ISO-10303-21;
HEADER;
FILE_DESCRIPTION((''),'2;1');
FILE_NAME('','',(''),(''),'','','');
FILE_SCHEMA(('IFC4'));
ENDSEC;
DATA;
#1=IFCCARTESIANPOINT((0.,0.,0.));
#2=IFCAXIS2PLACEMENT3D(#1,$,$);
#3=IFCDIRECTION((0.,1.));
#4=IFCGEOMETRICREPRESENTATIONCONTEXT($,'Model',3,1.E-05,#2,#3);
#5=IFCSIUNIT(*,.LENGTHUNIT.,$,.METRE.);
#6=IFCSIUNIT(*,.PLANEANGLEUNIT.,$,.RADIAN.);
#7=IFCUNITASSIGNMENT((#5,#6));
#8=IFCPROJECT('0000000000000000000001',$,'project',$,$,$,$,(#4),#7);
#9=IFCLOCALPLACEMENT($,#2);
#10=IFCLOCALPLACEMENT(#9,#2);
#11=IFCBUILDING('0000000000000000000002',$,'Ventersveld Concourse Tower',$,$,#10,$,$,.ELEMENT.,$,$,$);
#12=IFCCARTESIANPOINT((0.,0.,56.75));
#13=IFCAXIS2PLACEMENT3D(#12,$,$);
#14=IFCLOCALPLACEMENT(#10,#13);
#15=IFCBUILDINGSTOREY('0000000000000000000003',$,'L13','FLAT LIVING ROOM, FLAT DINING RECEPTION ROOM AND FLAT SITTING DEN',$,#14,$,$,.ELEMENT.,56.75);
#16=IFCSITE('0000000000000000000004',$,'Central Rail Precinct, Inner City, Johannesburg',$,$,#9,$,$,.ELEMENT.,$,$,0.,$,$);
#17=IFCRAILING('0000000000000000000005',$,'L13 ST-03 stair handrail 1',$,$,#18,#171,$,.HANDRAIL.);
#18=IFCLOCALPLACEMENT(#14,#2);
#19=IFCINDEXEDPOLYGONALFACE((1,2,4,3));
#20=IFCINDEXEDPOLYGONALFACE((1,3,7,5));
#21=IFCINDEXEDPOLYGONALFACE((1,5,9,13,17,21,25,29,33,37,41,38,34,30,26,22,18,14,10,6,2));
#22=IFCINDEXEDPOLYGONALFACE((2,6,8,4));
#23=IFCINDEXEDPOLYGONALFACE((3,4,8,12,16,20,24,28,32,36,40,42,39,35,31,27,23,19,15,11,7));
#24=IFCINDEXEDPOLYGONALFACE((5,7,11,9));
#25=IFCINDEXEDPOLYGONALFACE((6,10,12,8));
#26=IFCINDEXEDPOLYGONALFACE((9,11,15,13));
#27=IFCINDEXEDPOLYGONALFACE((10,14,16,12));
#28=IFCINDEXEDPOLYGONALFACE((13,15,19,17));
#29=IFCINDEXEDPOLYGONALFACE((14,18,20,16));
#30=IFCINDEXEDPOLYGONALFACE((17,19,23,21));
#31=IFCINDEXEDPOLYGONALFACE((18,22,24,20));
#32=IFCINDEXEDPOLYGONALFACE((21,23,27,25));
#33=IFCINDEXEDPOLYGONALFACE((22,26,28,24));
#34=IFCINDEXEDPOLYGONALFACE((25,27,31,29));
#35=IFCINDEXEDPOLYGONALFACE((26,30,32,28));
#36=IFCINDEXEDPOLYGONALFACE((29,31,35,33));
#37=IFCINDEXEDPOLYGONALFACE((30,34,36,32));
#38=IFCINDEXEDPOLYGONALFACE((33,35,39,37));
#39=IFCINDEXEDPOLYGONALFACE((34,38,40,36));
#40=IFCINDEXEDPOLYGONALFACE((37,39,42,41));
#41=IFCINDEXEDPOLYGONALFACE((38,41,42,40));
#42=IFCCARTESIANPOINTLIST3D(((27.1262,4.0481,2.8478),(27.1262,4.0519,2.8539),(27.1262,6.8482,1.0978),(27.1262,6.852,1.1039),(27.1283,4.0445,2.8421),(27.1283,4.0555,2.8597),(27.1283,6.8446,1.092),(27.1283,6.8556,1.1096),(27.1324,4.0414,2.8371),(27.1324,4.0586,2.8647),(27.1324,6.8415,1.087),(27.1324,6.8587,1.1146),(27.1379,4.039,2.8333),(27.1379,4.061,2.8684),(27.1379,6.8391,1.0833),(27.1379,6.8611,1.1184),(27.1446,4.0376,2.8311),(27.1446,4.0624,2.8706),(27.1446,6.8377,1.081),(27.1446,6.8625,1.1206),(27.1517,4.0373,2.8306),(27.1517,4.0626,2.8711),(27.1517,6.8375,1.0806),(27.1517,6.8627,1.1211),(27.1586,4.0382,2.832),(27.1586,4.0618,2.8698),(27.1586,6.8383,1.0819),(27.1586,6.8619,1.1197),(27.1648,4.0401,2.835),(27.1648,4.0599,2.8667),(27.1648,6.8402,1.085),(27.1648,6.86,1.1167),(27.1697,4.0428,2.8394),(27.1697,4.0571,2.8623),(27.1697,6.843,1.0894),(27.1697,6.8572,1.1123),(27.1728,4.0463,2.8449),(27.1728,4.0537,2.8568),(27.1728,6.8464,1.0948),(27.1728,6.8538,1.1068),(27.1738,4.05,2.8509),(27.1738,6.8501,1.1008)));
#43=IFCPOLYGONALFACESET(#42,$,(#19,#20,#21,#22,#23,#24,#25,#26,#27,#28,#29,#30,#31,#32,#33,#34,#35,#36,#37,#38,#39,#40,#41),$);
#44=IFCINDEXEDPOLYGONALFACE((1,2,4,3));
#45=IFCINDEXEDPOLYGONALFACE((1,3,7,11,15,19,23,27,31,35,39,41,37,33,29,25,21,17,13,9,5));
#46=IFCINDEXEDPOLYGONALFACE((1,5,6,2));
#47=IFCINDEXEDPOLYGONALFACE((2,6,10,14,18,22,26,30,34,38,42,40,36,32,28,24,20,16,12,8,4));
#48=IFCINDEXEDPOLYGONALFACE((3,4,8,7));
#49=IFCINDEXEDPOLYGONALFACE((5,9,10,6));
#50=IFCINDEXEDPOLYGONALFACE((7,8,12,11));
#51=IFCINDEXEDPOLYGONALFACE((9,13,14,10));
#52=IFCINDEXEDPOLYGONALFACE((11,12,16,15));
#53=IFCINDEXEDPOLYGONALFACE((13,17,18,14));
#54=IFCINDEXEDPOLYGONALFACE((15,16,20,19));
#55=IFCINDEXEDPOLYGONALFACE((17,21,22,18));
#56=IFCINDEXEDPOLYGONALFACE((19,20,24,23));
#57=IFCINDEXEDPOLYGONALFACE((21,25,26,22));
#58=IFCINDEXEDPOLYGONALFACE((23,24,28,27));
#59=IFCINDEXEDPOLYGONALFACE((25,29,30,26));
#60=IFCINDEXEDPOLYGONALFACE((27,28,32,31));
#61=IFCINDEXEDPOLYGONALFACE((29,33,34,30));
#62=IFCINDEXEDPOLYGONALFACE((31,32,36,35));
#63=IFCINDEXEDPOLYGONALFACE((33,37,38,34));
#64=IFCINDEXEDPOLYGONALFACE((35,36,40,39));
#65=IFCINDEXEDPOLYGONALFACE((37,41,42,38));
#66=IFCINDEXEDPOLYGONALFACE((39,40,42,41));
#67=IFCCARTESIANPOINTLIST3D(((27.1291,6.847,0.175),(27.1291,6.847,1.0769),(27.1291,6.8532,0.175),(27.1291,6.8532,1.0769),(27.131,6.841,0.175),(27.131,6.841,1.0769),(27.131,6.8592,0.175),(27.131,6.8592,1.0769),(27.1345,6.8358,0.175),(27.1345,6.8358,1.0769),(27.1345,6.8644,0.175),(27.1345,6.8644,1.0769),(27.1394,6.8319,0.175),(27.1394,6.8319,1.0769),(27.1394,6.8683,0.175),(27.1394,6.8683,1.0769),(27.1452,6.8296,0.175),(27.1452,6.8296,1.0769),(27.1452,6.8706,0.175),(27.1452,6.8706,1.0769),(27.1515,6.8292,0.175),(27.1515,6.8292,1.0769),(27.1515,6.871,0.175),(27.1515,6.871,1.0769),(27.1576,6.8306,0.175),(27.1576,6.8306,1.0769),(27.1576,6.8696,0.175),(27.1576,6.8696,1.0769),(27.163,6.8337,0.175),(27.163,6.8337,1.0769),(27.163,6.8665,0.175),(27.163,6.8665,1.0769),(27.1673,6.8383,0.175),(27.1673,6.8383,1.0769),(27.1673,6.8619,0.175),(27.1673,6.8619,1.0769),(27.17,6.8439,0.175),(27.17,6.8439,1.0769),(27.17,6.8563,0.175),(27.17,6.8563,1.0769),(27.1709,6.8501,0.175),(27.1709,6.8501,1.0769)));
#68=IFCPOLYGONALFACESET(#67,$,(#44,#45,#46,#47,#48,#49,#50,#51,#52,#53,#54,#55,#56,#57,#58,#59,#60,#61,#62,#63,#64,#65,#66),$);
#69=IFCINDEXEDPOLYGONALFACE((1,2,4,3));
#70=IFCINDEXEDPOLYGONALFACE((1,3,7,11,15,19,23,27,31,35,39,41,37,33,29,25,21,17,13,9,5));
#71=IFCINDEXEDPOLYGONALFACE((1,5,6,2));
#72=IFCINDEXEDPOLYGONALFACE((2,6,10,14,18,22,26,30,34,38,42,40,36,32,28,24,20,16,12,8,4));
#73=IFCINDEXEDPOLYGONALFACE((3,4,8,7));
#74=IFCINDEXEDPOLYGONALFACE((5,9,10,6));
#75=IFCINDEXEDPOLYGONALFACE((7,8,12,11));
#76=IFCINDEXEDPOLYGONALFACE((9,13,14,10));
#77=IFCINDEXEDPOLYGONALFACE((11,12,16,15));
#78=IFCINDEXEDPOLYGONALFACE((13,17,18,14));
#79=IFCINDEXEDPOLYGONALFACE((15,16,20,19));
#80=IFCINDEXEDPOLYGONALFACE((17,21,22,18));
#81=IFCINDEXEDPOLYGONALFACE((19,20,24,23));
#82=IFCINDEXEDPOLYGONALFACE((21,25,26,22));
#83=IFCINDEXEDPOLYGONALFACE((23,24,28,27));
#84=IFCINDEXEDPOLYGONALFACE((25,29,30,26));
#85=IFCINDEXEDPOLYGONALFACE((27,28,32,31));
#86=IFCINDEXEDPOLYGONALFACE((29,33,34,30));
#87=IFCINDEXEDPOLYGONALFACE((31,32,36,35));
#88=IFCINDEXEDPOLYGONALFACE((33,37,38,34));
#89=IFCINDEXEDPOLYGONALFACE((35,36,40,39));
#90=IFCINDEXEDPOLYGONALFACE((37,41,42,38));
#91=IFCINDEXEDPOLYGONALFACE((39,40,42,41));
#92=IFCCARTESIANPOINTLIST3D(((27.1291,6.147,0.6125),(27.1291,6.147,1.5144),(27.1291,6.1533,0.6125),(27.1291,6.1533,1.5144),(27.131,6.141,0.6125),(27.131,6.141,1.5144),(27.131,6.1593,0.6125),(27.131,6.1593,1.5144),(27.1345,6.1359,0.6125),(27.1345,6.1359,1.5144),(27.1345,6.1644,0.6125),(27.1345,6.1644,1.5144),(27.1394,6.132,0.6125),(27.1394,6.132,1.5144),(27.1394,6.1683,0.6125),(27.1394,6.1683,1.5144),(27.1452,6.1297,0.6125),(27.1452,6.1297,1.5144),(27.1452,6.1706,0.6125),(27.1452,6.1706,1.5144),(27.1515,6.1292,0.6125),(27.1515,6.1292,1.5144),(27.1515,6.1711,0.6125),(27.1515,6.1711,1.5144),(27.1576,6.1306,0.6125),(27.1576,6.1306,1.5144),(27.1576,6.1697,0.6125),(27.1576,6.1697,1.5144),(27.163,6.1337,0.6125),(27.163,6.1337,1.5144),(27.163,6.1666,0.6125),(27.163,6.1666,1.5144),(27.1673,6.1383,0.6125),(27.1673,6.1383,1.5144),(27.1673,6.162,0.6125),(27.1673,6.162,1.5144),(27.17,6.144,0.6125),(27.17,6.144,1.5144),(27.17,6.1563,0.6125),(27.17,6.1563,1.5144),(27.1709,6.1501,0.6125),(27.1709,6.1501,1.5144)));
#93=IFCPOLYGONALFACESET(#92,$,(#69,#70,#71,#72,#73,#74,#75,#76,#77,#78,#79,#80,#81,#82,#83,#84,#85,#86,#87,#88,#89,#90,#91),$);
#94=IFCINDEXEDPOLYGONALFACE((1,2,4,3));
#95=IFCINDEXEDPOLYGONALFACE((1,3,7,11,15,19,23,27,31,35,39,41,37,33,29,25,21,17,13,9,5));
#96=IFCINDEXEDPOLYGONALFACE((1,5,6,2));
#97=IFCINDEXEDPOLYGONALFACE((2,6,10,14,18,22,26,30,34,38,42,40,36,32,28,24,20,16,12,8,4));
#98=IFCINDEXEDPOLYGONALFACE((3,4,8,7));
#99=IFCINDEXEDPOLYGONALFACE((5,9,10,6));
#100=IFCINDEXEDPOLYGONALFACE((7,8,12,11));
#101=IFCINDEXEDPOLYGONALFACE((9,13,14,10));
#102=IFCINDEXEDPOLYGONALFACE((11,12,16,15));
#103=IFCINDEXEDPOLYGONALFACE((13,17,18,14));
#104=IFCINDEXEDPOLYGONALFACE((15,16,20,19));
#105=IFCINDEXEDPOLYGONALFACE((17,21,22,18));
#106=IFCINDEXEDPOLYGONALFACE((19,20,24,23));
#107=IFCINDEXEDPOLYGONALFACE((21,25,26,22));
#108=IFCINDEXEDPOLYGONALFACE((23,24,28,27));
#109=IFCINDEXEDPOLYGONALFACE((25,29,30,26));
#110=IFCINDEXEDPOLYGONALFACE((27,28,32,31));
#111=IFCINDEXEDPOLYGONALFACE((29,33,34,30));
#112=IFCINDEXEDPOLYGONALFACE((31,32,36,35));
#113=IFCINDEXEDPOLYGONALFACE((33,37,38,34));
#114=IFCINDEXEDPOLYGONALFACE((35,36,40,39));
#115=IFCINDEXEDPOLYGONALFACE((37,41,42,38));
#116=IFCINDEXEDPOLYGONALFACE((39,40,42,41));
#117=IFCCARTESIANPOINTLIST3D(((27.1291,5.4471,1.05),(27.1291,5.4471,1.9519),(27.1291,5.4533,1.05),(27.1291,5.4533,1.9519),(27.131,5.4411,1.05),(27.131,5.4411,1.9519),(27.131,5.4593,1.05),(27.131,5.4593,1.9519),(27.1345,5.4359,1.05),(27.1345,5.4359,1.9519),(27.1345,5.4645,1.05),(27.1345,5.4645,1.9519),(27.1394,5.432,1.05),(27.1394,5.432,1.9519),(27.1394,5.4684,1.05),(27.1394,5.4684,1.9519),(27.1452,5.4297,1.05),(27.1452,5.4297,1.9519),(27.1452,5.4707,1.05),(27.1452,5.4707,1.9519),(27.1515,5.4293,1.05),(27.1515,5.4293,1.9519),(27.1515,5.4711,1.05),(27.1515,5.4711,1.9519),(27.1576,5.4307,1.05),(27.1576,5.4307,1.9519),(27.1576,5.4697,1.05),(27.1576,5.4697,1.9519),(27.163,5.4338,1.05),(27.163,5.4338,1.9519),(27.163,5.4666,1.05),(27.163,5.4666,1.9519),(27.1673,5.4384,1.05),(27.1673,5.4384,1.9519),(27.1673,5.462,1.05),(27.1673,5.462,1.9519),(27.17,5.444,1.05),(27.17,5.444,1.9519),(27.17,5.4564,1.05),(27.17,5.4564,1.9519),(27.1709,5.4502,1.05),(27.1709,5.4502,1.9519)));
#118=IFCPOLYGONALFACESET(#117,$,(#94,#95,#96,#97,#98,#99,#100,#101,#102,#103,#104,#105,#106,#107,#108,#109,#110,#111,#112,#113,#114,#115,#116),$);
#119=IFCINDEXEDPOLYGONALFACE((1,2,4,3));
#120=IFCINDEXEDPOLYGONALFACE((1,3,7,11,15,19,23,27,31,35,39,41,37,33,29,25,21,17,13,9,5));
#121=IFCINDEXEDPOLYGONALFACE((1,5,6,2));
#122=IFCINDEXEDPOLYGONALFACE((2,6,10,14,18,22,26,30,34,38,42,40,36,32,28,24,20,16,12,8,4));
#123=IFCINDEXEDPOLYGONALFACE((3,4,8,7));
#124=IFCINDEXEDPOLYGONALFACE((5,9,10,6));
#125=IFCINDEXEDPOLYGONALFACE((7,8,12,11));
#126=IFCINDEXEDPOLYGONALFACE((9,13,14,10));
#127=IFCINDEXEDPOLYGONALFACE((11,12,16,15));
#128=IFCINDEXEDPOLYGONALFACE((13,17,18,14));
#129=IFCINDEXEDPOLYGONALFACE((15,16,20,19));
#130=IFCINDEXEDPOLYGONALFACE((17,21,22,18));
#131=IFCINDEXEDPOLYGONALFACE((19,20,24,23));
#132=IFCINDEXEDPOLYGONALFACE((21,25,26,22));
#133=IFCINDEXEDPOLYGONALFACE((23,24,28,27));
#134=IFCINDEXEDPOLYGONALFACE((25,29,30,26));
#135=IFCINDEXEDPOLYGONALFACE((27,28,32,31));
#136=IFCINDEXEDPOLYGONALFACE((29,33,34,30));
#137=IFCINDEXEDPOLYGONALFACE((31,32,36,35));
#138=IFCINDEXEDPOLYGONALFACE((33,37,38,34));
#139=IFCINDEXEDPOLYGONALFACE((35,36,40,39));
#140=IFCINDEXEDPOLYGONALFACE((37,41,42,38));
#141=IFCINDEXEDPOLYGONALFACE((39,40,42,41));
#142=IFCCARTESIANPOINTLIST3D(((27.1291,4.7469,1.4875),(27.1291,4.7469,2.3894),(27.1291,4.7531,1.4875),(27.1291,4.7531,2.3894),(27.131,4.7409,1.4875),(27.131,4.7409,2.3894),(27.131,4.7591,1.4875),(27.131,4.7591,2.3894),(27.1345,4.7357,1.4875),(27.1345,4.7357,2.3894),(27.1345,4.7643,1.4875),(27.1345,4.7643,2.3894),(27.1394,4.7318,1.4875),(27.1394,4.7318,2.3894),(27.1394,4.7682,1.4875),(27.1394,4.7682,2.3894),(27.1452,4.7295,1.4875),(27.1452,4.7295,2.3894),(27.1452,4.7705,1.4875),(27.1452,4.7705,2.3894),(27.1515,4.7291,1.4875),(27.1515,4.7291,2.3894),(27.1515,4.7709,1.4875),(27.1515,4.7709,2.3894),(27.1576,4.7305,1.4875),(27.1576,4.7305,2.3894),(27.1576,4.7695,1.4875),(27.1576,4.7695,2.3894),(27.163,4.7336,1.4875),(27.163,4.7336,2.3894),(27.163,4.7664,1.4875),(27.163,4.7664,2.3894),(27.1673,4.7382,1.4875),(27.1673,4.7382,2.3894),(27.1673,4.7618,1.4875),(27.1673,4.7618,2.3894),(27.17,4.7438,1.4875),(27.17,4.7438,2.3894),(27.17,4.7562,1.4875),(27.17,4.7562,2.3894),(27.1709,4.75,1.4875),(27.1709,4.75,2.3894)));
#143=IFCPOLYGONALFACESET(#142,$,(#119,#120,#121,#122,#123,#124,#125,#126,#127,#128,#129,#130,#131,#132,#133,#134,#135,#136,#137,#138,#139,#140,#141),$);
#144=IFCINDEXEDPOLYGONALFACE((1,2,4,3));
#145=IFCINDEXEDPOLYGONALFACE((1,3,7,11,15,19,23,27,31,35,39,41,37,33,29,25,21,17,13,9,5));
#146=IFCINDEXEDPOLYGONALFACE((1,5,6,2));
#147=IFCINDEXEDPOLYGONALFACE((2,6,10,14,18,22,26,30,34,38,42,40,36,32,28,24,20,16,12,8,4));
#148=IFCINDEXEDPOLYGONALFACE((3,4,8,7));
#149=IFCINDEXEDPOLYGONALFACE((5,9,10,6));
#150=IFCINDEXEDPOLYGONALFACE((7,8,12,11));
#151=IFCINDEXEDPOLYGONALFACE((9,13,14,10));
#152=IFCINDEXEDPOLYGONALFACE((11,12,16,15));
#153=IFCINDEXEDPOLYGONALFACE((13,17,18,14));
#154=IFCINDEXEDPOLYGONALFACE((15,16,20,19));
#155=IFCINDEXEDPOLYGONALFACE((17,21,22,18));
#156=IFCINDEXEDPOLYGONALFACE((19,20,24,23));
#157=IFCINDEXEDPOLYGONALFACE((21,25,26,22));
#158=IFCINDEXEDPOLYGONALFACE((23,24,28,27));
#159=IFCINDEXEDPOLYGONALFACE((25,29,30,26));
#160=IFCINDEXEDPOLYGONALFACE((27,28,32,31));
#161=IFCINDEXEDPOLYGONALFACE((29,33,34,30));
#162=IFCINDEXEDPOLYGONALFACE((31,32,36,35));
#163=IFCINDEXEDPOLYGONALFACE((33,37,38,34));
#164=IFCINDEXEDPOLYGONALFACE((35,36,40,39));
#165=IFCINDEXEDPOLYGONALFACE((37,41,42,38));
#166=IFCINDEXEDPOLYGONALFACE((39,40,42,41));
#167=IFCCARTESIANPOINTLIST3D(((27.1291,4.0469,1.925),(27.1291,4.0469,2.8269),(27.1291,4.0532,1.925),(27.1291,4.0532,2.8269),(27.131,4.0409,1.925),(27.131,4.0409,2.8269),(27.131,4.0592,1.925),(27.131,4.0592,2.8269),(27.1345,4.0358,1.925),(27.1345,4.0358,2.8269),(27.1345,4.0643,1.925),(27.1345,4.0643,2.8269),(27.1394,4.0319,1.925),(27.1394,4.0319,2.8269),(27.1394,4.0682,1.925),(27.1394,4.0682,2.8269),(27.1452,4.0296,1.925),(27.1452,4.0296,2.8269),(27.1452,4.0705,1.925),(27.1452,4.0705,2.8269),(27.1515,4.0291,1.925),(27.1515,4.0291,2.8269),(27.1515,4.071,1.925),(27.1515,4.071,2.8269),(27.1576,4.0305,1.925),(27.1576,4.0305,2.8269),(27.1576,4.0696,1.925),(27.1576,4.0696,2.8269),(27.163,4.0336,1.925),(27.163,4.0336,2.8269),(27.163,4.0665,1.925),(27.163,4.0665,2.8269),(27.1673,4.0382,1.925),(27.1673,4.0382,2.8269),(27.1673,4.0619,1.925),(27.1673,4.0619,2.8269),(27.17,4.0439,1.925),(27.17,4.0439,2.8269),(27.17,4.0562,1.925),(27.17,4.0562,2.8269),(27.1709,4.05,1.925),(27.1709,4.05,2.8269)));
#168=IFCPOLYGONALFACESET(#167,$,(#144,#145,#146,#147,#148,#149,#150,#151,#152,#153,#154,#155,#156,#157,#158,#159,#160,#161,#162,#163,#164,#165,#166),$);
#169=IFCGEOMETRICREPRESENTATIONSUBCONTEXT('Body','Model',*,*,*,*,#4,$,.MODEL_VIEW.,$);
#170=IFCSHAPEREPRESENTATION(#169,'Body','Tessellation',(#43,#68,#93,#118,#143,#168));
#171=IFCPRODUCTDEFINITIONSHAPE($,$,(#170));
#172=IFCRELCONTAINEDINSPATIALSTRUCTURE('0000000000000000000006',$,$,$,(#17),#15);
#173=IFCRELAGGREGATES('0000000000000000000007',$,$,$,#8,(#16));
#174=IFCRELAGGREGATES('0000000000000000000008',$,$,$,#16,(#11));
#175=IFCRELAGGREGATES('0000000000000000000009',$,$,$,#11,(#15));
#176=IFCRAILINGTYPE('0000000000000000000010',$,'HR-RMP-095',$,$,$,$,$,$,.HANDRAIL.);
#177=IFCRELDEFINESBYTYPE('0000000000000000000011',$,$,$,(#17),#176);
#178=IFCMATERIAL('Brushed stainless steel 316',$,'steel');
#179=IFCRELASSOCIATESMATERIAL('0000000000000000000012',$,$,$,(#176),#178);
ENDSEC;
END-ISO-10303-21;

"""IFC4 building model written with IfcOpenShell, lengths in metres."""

from ifc_helpers import new_model, si_unit, direction, frame, origin, origin_2d, place, context, subcontext, project, spatial, circle, extrude, material, type_object, element, save


model = new_model("IFC4")

# Units and contexts
model_context = context("Model", 3, precision=1e-05, world=origin(), true_north=direction((0.0, 1.0)))
body_context = subcontext(model_context, "Body", "Model", "MODEL_VIEW")
ifc_project = project(units=[si_unit("LENGTHUNIT", "METRE"), si_unit("PLANEANGLEUNIT", "RADIAN")], contexts=[model_context])

# Site, building, storey
site_placement = place(None, origin())
site = spatial("IfcSite", under=ifc_project, at=site_placement, Name="Central Rail Precinct, Inner City, Johannesburg", CompositionType="ELEMENT", RefElevation=0.0)
building_placement = place(site_placement, origin())
building = spatial("IfcBuilding", under=site, at=building_placement, Name="Ventersveld Concourse Tower", CompositionType="ELEMENT")
storey_placement = place(building_placement, frame((0.0, 0.0, 56.75)))
storey = spatial("IfcBuildingStorey", under=building, at=storey_placement, Name="L13", Description="FLAT LIVING ROOM, FLAT DINING RECEPTION ROOM AND FLAT SITTING DEN", CompositionType="ELEMENT", Elevation=56.75)

# Shared definitions
ifc_material_1 = material(Name="Brushed stainless steel 316", Category="steel")

# Railing
railing_type_1 = type_object("IfcRailingType", Name="HR-RMP-095", PredefinedType="HANDRAIL", material=ifc_material_1)
railing_1_placement = place(storey_placement, frame((27.1499, 6.8501, 0.175)))
element("IfcRailing", 1, at=railing_1_placement, inside=storey, type_object=railing_type_1, Name="L13 ST-03 stair handrail 1", PredefinedType="HANDRAIL", context=body_context, shape_type="SweptSolid", body=[
    extrude(circle(Radius=0.0239, at=origin_2d()), frame((0.0, 0.0, 0.9258), z_axis=(0.0, -0.848002, 0.529992), x_axis=(1.0, 0.0, 0.0)), (0.0, 0.0, 1.0), 3.302),
    extrude(circle(Radius=0.021, at=origin_2d()), origin(), (0.0, 0.0, 1.0), 0.9019),
    extrude(circle(Radius=0.021, at=origin_2d()), frame((0.0, -0.7, 0.4375)), (0.0, 0.0, 1.0), 0.9019),
    extrude(circle(Radius=0.021, at=origin_2d()), frame((0.0, -1.3999, 0.875)), (0.0, 0.0, 1.0), 0.9019),
    extrude(circle(Radius=0.021, at=origin_2d()), frame((0.0, -2.1001, 1.3125)), (0.0, 0.0, 1.0), 0.9019),
    extrude(circle(Radius=0.021, at=origin_2d()), frame((0.0, -2.8, 1.75)), (0.0, 0.0, 1.0), 0.9019),
])

save(model, "model.ifc")
